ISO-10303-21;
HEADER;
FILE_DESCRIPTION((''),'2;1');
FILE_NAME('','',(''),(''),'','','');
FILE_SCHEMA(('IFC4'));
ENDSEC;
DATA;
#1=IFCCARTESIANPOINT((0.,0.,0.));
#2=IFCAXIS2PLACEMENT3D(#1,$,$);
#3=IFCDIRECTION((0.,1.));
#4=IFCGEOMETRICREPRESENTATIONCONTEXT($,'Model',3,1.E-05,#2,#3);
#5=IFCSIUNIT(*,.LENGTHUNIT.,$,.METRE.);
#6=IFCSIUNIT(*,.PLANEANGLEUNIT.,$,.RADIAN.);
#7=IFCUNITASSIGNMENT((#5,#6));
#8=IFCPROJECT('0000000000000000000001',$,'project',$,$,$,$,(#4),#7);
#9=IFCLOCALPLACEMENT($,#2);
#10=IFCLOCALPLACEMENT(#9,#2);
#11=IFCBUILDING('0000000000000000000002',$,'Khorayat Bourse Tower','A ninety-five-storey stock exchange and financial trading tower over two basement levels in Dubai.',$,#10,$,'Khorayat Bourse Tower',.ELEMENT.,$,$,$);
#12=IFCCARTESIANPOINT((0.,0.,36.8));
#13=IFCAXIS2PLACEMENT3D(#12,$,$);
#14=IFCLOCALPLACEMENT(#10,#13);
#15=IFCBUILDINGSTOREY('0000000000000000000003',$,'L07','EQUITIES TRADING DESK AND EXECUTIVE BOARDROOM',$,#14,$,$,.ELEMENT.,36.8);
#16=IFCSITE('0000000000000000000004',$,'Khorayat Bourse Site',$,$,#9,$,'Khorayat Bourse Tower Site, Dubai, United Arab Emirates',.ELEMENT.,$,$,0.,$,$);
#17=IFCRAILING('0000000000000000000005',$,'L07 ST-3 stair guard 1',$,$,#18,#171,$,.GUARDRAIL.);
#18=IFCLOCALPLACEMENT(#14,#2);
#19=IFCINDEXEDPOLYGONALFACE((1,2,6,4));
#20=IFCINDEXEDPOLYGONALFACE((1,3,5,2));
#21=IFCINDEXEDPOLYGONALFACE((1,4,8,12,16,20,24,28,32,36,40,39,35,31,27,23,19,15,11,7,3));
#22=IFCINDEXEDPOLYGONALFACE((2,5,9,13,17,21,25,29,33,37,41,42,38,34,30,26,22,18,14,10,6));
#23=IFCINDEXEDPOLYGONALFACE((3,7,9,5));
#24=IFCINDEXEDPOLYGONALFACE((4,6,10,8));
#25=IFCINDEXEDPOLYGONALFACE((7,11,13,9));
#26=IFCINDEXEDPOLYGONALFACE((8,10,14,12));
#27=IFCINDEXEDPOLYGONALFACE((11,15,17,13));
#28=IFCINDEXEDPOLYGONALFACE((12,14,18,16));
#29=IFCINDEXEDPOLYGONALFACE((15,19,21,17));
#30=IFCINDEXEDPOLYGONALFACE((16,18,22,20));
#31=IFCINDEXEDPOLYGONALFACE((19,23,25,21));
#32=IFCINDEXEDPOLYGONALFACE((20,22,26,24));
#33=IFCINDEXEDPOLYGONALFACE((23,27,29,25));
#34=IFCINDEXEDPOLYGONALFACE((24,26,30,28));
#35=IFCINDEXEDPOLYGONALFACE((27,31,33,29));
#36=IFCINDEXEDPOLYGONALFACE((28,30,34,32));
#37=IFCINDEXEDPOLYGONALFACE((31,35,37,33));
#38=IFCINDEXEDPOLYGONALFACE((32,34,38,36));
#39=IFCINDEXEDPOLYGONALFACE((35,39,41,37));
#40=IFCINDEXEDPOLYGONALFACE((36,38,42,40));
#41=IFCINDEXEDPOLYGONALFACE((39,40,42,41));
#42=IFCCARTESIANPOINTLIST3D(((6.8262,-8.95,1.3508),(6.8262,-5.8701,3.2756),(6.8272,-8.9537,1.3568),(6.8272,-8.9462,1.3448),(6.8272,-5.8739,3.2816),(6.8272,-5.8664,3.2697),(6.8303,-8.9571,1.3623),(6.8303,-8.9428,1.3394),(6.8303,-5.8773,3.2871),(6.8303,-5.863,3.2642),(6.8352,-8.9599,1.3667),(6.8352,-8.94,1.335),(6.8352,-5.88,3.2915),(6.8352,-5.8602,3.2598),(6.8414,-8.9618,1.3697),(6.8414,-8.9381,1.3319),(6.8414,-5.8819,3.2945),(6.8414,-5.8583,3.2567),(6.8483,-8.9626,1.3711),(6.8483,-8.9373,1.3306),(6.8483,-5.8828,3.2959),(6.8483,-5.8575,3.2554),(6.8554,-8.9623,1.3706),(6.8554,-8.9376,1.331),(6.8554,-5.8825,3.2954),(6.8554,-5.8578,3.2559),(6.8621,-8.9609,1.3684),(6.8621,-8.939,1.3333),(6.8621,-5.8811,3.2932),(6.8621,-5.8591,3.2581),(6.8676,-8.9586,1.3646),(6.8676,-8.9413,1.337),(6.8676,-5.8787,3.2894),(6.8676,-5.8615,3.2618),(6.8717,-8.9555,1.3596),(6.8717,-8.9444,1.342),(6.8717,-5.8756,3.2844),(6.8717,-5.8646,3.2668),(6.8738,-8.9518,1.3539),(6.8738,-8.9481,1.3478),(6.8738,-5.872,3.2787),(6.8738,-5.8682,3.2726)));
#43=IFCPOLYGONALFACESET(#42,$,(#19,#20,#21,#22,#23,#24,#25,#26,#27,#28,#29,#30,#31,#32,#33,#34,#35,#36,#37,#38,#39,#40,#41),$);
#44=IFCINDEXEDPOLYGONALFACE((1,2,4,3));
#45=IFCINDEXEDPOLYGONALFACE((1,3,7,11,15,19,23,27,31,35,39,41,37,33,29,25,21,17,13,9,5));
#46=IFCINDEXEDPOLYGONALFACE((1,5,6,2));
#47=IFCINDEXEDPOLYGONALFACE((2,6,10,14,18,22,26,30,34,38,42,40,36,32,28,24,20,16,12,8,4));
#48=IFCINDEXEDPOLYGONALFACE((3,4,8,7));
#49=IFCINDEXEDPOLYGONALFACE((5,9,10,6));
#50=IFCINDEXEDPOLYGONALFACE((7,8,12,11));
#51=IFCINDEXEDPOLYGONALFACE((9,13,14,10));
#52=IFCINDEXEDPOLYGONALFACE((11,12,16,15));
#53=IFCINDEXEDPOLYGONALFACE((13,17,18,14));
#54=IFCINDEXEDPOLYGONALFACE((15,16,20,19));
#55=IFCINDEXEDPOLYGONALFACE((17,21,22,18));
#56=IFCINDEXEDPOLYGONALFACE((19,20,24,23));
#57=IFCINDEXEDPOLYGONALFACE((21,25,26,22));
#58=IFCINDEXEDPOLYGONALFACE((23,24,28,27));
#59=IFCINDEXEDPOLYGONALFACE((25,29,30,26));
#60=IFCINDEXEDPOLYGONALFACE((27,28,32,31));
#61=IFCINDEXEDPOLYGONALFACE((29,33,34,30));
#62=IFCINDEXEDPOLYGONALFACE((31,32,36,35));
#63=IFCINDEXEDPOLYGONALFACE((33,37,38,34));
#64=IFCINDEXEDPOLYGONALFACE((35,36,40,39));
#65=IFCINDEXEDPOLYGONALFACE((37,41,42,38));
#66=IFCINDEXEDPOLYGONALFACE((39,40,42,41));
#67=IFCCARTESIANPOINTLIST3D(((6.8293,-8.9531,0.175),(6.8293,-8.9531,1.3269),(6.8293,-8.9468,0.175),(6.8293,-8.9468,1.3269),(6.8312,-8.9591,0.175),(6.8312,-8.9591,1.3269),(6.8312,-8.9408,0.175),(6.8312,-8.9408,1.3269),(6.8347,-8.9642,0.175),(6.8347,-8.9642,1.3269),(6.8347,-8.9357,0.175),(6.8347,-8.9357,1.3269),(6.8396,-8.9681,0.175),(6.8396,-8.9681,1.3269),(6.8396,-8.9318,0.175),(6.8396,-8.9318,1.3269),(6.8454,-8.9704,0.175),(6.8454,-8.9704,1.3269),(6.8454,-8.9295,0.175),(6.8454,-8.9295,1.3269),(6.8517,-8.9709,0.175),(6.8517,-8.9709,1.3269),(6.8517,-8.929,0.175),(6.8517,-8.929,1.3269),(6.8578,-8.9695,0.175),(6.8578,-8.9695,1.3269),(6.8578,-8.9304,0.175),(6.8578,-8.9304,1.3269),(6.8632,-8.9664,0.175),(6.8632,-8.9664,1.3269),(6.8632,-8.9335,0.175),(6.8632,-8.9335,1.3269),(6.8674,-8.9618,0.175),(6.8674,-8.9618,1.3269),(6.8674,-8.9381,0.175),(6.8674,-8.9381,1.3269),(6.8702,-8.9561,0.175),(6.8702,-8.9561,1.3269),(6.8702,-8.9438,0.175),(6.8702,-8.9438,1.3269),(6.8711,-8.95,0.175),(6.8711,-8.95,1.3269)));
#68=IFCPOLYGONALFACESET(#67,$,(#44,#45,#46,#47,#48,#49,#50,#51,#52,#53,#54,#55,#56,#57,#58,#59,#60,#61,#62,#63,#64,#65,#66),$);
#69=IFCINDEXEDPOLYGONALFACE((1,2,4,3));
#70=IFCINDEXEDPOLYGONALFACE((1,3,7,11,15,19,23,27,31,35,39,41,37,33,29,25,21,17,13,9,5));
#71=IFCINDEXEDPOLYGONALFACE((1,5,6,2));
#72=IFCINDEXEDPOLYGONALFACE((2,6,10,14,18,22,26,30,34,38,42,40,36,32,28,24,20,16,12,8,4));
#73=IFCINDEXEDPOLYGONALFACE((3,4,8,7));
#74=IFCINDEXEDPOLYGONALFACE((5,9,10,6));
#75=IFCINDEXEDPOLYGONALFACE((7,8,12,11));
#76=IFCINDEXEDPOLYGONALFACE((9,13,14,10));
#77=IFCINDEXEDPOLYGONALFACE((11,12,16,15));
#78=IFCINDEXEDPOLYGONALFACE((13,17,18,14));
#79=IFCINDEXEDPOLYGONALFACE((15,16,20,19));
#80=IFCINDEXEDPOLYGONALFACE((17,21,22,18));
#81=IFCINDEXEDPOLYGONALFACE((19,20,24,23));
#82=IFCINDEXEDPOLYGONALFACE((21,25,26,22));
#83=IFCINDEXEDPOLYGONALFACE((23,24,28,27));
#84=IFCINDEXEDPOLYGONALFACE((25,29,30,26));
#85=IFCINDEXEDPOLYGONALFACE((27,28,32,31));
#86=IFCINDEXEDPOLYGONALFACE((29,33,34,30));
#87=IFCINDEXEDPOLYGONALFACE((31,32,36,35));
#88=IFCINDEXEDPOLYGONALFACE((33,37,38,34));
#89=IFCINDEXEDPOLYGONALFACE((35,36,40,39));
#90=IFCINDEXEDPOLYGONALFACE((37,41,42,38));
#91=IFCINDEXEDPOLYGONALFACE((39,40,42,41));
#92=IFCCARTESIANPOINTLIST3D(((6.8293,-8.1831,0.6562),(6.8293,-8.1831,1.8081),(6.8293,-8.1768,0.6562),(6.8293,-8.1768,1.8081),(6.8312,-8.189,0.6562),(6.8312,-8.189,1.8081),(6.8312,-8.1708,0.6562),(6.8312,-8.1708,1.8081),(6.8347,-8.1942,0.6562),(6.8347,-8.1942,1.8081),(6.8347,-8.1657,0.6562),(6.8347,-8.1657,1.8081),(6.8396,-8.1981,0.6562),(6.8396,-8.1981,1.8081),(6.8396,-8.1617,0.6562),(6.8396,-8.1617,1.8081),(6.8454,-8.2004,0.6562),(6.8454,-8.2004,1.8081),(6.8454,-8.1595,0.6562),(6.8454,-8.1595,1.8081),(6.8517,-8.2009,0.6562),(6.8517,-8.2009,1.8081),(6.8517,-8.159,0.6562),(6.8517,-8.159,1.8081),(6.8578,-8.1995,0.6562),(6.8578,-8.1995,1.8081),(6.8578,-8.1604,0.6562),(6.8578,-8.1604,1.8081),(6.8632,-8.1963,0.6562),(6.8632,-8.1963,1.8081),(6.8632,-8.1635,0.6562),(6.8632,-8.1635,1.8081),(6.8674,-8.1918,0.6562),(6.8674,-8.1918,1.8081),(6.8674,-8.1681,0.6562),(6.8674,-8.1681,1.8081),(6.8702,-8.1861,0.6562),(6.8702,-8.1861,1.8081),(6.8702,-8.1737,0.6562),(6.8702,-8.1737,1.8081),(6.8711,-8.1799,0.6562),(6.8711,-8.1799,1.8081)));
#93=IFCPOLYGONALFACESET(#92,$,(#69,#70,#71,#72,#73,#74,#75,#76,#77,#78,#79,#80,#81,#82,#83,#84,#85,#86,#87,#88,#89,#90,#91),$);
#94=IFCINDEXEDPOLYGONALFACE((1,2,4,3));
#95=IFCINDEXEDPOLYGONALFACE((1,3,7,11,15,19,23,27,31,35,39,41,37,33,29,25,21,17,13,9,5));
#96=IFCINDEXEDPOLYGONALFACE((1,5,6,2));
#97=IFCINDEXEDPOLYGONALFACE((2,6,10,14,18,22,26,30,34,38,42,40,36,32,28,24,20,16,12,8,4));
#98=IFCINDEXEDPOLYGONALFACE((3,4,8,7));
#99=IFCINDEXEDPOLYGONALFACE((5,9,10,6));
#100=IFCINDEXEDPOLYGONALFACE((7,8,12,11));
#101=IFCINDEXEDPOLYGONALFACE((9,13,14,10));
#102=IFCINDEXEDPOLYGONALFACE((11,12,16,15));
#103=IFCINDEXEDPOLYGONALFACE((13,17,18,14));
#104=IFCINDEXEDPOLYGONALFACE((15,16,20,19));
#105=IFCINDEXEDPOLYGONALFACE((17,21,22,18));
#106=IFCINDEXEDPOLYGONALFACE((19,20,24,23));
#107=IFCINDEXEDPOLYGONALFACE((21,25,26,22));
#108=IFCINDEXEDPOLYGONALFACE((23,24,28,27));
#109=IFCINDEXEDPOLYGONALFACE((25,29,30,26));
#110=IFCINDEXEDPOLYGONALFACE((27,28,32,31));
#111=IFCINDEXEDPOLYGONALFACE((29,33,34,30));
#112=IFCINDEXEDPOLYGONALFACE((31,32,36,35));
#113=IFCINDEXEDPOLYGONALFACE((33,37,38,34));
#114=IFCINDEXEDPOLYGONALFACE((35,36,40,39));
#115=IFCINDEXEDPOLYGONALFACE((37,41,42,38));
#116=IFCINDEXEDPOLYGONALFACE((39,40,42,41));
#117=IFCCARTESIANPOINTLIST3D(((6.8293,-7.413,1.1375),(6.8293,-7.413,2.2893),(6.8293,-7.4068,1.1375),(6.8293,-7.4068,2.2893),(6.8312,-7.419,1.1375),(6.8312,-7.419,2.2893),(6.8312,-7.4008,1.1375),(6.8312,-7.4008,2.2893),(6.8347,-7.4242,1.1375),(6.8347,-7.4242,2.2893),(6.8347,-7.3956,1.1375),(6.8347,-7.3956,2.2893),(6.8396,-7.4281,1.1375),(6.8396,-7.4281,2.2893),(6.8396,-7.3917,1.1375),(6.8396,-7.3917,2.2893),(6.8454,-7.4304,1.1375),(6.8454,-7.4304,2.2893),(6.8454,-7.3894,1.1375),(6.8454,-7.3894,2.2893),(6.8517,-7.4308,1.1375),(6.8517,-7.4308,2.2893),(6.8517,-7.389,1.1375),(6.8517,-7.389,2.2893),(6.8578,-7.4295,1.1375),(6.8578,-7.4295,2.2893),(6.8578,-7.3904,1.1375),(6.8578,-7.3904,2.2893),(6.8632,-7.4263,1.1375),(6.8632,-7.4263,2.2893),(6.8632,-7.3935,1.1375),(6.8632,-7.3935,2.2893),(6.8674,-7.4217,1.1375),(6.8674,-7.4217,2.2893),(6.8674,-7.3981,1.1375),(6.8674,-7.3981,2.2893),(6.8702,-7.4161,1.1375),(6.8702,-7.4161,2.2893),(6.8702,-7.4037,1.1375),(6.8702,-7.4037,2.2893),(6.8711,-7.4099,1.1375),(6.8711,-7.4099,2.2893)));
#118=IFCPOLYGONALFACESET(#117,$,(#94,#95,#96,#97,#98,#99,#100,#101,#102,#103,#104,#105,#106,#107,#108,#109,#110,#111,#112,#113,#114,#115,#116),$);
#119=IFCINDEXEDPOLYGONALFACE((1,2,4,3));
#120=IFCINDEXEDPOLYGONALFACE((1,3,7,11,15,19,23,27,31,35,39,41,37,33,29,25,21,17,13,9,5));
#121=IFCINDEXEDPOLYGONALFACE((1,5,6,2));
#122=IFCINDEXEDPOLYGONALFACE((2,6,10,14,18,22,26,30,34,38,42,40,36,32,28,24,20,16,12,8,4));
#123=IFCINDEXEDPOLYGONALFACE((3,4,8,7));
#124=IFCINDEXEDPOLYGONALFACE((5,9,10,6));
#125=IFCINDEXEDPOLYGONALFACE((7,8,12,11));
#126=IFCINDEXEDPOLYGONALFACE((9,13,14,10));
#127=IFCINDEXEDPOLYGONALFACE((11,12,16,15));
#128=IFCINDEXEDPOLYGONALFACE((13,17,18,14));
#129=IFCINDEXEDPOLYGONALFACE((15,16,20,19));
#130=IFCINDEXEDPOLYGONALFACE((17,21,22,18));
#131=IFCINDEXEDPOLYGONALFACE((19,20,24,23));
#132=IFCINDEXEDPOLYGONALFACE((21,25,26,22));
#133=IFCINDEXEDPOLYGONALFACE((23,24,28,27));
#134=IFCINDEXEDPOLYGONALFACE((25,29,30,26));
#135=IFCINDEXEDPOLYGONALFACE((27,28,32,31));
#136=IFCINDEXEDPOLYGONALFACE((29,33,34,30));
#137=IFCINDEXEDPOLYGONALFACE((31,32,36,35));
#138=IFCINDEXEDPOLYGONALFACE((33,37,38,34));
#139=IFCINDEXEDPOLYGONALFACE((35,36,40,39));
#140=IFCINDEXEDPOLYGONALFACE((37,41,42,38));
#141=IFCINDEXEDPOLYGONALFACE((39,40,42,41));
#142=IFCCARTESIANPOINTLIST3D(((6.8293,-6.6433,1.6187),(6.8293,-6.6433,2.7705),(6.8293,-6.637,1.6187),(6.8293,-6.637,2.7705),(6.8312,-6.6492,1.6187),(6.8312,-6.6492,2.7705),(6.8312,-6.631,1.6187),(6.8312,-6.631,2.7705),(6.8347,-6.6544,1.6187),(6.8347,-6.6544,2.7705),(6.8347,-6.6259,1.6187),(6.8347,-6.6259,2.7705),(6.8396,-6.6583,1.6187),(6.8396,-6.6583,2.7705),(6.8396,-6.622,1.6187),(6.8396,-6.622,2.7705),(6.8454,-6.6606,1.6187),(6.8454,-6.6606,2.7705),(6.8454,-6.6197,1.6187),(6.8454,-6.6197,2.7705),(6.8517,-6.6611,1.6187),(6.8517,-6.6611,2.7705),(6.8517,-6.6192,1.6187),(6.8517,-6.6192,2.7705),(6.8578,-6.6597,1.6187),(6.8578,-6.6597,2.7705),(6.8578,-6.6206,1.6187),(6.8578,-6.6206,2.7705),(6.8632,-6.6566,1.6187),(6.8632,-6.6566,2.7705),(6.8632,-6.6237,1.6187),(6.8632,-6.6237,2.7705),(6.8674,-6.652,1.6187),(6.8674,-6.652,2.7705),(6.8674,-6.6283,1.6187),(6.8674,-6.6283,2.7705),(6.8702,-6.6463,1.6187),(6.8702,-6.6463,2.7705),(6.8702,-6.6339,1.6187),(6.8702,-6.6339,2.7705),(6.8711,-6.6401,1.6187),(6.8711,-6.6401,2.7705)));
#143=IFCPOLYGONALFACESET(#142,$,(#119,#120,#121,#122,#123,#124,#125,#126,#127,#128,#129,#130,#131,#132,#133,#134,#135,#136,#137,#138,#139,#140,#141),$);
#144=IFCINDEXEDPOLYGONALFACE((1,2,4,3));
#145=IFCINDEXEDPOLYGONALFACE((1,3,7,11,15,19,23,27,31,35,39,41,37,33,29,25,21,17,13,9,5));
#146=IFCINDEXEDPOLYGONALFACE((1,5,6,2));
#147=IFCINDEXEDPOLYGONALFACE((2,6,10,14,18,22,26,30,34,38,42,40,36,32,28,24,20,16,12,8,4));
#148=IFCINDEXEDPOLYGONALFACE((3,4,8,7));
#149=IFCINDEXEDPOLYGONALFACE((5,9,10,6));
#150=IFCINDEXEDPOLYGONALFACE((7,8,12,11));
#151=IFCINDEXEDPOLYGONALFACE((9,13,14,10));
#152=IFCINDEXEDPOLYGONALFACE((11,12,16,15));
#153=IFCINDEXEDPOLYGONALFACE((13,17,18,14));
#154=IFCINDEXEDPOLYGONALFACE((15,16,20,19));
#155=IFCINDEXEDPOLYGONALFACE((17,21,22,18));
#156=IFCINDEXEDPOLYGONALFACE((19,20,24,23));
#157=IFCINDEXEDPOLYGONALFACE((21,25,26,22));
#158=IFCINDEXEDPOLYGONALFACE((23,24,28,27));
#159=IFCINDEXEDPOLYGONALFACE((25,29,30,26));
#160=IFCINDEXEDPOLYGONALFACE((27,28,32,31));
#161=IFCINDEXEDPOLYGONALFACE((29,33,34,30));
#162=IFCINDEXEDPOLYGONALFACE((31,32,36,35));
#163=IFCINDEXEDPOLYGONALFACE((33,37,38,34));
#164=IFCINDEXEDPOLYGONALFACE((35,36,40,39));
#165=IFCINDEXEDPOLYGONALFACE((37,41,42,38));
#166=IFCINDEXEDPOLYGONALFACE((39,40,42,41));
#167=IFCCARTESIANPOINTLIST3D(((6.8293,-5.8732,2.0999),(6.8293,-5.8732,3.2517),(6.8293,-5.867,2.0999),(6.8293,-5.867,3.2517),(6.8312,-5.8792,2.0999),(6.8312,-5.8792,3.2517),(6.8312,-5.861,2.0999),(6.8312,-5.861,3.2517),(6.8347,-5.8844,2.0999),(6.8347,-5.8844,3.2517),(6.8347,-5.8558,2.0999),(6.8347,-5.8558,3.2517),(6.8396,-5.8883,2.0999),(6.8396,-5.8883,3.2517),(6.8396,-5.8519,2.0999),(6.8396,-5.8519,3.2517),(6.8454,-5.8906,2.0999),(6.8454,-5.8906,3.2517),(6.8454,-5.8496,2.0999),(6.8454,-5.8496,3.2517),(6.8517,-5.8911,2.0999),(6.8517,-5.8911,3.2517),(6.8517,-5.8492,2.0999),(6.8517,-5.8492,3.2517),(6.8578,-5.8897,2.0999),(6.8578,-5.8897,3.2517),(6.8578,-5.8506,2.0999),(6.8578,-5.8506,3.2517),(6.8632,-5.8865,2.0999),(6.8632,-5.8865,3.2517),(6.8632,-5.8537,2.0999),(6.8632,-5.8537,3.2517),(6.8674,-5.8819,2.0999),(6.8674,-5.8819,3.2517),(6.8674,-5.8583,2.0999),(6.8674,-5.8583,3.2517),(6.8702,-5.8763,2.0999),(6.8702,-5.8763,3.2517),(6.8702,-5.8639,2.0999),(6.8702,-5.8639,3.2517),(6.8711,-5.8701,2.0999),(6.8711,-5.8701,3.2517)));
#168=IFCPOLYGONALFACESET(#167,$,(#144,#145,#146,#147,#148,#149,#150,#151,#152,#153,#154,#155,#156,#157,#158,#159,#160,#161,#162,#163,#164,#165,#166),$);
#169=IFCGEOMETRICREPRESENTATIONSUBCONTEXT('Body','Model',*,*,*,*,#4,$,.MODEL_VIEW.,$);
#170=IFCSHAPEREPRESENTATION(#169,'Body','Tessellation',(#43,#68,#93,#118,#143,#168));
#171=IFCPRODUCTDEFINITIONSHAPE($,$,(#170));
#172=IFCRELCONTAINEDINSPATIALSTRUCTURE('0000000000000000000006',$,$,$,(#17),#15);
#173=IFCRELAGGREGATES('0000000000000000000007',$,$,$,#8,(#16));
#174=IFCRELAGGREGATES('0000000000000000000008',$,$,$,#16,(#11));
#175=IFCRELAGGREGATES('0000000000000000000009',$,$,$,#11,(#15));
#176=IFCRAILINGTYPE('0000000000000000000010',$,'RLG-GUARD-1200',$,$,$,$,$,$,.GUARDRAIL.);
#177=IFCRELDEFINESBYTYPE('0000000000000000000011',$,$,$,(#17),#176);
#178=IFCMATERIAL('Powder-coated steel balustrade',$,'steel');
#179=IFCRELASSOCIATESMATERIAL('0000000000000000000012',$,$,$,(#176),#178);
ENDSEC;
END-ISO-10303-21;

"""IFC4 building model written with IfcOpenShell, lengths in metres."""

from ifc_helpers import new_model, si_unit, direction, frame, origin, origin_2d, place, context, subcontext, project, spatial, circle, extrude, source, transform, mapped, material, type_object, element, save


model = new_model("IFC4")

# Units and contexts
model_context = context("Model", 3, precision=1e-05, world=origin(), true_north=direction((0.0, 1.0)))
body_context = subcontext(model_context, "Body", "Model", "MODEL_VIEW")
ifc_project = project(units=[si_unit("LENGTHUNIT", "METRE"), si_unit("PLANEANGLEUNIT", "RADIAN")], contexts=[model_context])

# Site, building, storey
site_placement = place(None, origin())
site = spatial("IfcSite", under=ifc_project, at=site_placement, Name="Khorayat Bourse Site", LongName="Khorayat Bourse Tower Site, Dubai, United Arab Emirates", CompositionType="ELEMENT", RefElevation=0.0)
building_placement = place(site_placement, origin())
building = spatial("IfcBuilding", under=site, at=building_placement, Name="Khorayat Bourse Tower", Description="A ninety-five-storey stock exchange and financial trading tower over two basement levels in Dubai.", LongName="Khorayat Bourse Tower", CompositionType="ELEMENT")
storey_placement = place(building_placement, frame((0.0, 0.0, 36.8)))
storey = spatial("IfcBuildingStorey", under=building, at=storey_placement, Name="L07", Description="EQUITIES TRADING DESK AND EXECUTIVE BOARDROOM", CompositionType="ELEMENT", Elevation=36.8)

# Railing
ifc_material_1 = material(Name="Powder-coated steel balustrade", Category="steel")
railing_type_1 = type_object("IfcRailingType", Name="RLG-GUARD-1200", PredefinedType="GUARDRAIL", material=ifc_material_1)
shared_shape_1 = source(origin(), body_context, "Body", "SweptSolid", [
    extrude(circle(Radius=0.0239, at=origin_2d()), frame((0.0, 0.0, 1.1758), z_axis=(0.0, 0.84801, 0.529981), x_axis=(-1.0, 0.0, 0.0)), (0.0, 0.0, 1.0), 3.6318),
    extrude(circle(Radius=0.021, at=origin_2d()), origin(), (0.0, 0.0, 1.0), 1.1519),
    extrude(circle(Radius=0.021, at=origin_2d()), frame((0.0, 0.77, 0.4812)), (0.0, 0.0, 1.0), 1.1519),
    extrude(circle(Radius=0.021, at=origin_2d()), frame((0.0, 1.54, 0.9624)), (0.0, 0.0, 1.0), 1.1519),
    extrude(circle(Radius=0.021, at=origin_2d()), frame((0.0, 2.3098, 1.4436)), (0.0, 0.0, 1.0), 1.1519),
    extrude(circle(Radius=0.021, at=origin_2d()), frame((0.0, 3.0798, 1.9248)), (0.0, 0.0, 1.0), 1.1519),
])
railing_1_placement = place(storey_placement, frame((6.8501, -8.95, 0.175)))
element("IfcRailing", 1, at=railing_1_placement, inside=storey, type_object=railing_type_1, Name="L07 ST-3 stair guard 1", PredefinedType="GUARDRAIL", context=body_context, shape_type="MappedRepresentation", body=[
    mapped(shared_shape_1, transform((0.0, 0.0, 0.0), scale=1.0)),
])

save(model, "model.ifc")
